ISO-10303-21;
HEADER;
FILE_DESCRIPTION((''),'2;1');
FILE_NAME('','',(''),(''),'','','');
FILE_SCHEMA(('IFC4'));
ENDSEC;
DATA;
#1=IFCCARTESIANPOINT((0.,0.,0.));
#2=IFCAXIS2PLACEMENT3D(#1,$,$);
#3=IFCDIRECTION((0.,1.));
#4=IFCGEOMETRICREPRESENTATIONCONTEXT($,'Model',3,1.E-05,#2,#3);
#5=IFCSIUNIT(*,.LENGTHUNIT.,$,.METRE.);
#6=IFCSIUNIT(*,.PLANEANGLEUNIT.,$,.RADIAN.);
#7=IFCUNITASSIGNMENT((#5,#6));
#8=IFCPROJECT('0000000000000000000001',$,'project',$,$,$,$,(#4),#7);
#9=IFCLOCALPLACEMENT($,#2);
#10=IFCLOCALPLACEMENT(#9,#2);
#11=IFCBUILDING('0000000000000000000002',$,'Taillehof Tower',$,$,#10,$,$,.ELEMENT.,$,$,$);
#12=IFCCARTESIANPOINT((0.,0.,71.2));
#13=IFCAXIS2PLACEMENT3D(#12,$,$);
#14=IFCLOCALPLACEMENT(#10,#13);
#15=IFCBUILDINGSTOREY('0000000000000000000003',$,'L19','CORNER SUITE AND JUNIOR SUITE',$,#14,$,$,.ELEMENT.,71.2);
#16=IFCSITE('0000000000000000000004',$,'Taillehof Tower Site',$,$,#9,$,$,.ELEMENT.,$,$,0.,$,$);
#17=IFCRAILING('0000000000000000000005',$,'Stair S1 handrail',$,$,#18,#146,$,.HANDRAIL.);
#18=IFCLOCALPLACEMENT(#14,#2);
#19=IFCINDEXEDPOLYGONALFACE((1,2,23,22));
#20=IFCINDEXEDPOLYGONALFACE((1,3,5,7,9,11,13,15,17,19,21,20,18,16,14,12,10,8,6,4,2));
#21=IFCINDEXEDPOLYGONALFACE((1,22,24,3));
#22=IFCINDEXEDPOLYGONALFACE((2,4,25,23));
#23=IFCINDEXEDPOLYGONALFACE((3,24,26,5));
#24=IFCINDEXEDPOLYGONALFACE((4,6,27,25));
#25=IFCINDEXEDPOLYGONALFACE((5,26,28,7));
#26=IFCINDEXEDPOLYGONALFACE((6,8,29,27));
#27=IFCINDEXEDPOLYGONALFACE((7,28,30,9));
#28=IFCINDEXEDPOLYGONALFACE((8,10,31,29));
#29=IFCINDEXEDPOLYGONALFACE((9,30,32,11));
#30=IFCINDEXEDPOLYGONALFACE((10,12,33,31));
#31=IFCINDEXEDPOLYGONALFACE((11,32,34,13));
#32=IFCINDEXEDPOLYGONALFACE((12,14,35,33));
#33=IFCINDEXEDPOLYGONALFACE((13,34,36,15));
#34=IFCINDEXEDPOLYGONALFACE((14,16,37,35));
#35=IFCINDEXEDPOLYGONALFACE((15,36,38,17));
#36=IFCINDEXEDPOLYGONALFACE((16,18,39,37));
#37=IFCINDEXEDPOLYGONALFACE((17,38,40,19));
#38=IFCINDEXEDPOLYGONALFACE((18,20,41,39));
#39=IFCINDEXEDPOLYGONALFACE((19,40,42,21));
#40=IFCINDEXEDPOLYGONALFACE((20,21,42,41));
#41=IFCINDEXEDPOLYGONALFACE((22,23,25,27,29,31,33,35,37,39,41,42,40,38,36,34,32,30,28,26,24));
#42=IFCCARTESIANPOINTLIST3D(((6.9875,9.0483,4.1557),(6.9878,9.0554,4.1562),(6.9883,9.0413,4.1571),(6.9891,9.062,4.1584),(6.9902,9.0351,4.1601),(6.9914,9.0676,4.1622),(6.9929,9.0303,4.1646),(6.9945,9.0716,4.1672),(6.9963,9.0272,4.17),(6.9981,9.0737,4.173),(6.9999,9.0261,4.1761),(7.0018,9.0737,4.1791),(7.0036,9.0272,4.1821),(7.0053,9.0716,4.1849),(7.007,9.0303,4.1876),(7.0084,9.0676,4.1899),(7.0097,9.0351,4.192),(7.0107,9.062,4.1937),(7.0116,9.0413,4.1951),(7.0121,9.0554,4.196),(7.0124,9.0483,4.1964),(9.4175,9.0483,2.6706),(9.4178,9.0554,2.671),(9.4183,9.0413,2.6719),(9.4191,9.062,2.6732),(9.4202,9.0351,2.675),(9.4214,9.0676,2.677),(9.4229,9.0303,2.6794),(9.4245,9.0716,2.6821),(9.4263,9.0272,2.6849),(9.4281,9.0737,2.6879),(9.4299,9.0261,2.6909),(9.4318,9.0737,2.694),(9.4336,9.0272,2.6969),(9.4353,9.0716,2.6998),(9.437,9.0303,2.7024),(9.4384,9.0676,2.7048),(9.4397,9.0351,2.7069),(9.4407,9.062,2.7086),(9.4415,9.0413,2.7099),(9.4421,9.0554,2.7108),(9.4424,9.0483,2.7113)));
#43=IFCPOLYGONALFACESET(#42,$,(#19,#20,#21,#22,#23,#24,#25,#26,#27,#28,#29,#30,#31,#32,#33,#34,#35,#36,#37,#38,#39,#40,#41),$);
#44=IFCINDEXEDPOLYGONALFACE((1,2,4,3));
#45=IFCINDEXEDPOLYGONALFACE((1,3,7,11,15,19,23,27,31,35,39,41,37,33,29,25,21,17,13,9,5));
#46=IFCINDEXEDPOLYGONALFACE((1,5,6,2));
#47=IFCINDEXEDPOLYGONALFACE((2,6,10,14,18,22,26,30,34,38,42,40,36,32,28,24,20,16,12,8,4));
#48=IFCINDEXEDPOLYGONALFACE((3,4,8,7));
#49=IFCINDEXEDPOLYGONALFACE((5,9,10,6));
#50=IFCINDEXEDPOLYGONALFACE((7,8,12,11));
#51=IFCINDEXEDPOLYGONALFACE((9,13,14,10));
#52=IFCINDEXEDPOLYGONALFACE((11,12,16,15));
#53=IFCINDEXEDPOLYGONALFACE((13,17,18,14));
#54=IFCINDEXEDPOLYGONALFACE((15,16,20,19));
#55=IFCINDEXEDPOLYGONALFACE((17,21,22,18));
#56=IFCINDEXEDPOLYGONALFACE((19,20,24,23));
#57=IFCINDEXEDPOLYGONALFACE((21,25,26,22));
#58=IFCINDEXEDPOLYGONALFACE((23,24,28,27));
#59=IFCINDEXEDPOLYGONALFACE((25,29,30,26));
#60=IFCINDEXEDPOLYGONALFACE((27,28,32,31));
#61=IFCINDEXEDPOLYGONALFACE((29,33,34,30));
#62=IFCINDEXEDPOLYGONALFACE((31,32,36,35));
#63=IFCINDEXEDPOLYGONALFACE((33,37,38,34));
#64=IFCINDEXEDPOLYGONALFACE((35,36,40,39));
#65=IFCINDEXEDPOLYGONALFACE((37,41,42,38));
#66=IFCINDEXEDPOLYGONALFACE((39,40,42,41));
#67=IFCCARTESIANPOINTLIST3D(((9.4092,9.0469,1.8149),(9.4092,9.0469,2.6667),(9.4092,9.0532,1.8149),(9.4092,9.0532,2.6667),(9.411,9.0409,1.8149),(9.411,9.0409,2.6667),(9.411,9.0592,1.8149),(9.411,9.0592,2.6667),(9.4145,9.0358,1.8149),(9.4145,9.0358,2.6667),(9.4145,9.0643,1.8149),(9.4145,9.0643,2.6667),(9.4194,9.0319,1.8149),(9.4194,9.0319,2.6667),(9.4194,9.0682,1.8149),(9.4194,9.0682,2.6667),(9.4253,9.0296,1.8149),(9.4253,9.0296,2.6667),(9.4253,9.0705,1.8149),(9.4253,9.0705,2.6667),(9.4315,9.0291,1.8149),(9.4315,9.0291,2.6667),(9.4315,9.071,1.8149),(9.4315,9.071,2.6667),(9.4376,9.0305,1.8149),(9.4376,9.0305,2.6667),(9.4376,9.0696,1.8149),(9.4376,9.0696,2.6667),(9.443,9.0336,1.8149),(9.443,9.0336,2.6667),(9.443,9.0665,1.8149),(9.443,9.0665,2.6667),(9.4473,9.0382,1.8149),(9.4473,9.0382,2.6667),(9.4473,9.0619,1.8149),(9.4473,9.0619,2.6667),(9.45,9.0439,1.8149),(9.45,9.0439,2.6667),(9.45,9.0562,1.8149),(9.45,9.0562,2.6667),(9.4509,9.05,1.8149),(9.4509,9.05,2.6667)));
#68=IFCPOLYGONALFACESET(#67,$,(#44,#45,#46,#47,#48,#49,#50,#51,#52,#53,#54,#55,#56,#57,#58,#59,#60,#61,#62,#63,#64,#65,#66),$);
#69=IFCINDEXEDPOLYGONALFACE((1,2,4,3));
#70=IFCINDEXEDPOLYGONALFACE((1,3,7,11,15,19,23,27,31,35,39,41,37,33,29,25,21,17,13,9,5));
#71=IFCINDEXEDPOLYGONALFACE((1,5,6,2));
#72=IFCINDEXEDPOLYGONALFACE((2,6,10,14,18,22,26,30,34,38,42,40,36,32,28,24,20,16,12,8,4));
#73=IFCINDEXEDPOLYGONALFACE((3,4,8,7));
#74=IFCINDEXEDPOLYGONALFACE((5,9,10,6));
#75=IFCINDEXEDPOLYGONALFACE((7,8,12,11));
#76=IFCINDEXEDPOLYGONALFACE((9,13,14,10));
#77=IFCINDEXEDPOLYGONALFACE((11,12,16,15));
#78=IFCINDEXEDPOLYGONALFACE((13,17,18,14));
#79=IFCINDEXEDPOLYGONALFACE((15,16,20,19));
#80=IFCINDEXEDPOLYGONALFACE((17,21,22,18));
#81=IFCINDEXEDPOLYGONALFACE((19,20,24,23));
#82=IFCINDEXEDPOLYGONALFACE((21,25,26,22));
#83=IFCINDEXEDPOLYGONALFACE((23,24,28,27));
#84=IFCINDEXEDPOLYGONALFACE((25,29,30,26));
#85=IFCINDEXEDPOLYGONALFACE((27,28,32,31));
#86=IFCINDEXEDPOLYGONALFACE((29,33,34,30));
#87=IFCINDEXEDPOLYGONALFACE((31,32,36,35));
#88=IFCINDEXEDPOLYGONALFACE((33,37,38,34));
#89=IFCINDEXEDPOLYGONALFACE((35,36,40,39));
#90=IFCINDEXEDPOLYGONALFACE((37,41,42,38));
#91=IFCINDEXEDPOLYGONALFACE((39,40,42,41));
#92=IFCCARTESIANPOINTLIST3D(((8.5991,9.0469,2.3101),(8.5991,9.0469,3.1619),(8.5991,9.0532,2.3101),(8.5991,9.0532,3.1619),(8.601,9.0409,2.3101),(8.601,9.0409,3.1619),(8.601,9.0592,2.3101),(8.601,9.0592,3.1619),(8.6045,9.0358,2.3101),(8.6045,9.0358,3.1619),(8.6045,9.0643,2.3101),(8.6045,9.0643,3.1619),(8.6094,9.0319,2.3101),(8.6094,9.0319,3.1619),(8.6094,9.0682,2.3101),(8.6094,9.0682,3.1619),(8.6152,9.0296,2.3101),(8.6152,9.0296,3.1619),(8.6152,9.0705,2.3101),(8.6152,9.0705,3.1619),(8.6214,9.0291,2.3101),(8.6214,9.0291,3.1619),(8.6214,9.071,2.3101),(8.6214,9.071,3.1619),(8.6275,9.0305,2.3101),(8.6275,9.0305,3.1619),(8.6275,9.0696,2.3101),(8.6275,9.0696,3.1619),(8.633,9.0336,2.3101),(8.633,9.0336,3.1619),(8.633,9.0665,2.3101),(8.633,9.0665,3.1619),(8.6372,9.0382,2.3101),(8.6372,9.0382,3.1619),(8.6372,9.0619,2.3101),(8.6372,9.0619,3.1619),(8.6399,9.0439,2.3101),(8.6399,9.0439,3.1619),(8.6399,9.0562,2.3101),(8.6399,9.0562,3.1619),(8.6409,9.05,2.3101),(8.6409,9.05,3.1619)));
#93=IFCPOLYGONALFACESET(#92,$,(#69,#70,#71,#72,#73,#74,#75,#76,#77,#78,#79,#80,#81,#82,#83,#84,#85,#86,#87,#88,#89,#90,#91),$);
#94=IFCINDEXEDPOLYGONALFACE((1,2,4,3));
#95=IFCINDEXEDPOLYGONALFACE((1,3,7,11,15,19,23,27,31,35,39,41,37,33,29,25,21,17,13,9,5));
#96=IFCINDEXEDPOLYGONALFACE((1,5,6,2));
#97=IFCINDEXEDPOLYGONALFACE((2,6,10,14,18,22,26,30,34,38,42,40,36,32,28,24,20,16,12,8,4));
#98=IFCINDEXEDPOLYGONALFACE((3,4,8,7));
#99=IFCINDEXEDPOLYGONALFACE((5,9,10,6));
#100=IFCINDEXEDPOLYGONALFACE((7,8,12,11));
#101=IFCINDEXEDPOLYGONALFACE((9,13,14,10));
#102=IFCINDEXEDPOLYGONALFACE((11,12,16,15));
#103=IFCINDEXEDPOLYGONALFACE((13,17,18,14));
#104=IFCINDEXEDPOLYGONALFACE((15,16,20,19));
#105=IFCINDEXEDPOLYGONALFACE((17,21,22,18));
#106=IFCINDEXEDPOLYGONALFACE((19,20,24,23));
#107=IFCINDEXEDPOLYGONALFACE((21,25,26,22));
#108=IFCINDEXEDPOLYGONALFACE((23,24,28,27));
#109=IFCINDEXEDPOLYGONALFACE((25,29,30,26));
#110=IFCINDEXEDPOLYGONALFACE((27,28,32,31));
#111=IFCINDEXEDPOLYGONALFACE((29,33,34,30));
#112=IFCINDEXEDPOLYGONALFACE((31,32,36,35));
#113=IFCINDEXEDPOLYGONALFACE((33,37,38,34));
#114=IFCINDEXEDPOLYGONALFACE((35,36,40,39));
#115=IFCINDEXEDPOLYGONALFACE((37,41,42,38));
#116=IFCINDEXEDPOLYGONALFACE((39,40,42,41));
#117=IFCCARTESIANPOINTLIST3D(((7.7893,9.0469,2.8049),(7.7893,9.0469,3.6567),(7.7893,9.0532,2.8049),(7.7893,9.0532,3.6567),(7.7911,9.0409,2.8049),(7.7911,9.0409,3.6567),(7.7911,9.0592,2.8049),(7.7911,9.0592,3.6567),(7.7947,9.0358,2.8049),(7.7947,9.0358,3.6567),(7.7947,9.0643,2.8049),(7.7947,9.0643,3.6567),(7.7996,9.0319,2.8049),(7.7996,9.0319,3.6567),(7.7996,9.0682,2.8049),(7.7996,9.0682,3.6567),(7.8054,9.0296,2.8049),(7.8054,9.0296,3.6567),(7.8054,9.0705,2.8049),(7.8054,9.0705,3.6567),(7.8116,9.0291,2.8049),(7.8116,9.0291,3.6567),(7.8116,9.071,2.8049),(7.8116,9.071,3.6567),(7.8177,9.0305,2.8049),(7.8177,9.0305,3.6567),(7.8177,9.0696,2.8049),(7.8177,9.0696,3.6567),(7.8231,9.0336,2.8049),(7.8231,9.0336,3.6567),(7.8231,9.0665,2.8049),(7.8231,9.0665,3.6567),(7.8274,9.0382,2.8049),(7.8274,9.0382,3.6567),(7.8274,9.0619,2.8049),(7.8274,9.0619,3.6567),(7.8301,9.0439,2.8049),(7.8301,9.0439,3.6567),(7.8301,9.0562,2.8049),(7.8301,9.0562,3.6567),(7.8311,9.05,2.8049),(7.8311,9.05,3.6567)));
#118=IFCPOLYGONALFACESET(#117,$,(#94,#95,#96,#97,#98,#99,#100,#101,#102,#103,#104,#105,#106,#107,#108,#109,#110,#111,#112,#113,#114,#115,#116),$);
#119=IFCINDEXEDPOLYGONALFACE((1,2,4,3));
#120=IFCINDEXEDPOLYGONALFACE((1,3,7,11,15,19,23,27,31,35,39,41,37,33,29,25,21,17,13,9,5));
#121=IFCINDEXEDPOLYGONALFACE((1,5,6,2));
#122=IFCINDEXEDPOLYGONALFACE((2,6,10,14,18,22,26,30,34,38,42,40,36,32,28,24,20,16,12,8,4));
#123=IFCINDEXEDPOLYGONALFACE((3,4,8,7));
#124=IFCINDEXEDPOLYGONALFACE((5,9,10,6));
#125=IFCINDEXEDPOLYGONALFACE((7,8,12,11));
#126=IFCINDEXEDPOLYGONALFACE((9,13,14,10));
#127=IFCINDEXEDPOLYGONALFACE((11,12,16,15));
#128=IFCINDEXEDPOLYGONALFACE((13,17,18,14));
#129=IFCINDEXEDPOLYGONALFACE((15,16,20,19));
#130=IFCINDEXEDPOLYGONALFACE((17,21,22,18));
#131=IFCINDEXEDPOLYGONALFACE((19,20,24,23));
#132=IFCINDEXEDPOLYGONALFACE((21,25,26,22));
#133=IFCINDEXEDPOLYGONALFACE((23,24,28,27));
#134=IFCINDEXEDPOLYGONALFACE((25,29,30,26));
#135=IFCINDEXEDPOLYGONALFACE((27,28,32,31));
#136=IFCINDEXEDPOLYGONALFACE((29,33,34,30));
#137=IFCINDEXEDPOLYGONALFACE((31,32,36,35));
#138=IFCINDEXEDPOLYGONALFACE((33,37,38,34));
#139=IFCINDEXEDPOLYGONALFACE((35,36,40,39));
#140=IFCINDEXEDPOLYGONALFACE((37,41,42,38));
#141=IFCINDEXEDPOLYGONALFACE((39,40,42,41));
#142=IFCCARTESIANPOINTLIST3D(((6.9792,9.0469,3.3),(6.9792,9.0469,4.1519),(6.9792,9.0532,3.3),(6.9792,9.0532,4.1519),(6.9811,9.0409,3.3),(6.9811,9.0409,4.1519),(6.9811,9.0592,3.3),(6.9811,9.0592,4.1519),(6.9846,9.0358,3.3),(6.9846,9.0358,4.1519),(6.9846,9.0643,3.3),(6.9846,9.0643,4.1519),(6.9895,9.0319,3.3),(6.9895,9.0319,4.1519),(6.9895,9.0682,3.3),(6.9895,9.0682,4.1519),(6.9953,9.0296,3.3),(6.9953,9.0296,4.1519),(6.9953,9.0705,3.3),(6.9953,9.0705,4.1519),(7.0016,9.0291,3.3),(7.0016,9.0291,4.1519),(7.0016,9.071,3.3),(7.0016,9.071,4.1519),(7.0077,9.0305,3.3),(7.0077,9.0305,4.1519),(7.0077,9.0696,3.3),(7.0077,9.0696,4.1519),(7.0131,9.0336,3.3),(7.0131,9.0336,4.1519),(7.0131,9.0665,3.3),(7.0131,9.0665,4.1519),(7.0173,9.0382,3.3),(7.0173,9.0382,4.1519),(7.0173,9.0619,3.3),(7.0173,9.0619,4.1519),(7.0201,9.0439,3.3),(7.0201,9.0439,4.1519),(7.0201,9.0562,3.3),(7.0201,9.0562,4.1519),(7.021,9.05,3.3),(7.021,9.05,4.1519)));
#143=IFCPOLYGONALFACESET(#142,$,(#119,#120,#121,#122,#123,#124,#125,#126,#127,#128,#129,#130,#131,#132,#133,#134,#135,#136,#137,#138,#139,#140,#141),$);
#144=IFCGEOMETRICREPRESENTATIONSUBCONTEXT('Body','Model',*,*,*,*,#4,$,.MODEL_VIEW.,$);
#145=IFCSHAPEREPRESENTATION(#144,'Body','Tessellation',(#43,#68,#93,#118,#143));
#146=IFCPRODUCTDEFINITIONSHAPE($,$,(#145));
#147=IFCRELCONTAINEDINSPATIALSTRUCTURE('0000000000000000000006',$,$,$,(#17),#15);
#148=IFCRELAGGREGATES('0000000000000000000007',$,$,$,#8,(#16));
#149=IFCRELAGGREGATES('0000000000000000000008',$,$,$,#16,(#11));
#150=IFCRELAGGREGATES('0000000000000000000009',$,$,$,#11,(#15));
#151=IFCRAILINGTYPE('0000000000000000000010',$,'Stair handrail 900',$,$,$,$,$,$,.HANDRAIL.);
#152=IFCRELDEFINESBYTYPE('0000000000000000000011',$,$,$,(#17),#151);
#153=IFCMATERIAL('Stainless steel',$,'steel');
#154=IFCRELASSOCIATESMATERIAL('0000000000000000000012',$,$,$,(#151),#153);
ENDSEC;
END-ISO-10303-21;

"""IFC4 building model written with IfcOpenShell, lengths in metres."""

from ifc_helpers import new_model, si_unit, direction, frame, origin, origin_2d, place, context, subcontext, project, spatial, circle, extrude, material, type_object, element, save


model = new_model("IFC4")

# Units and contexts
model_context = context("Model", 3, precision=1e-05, world=origin(), true_north=direction((0.0, 1.0)))
body_context = subcontext(model_context, "Body", "Model", "MODEL_VIEW")
ifc_project = project(units=[si_unit("LENGTHUNIT", "METRE"), si_unit("PLANEANGLEUNIT", "RADIAN")], contexts=[model_context])

# Site, building, storey
site_placement = place(None, origin())
site = spatial("IfcSite", under=ifc_project, at=site_placement, Name="Taillehof Tower Site", CompositionType="ELEMENT", RefElevation=0.0)
building_placement = place(site_placement, origin())
building = spatial("IfcBuilding", under=site, at=building_placement, Name="Taillehof Tower", CompositionType="ELEMENT")
storey_placement = place(building_placement, frame((0.0, 0.0, 71.2)))
storey = spatial("IfcBuildingStorey", under=building, at=storey_placement, Name="L19", Description="CORNER SUITE AND JUNIOR SUITE", CompositionType="ELEMENT", Elevation=71.2)

# Railing
ifc_material_1 = material(Name="Stainless steel", Category="steel")
railing_type = type_object("IfcRailingType", Name="Stair handrail 900", PredefinedType="HANDRAIL", material=ifc_material_1)
railing_placement = place(storey_placement, frame((9.4299, 9.05, 1.8149)))
element("IfcRailing", 1, at=railing_placement, inside=storey, type_object=railing_type, Name="Stair S1 handrail", PredefinedType="HANDRAIL", context=body_context, shape_type="SweptSolid", body=[
    extrude(circle(Radius=0.0239, at=origin_2d()), frame((0.0, 0.0, 0.876), z_axis=(-0.853259, 0.0, 0.521488), x_axis=(0.0, -1.0, 0.0)), (0.0, 0.0, 1.0), 2.8479),
    extrude(circle(Radius=0.021, at=origin_2d()), origin(), (0.0, 0.0, 1.0), 0.8518),
    extrude(circle(Radius=0.021, at=origin_2d()), frame((-0.8101, 0.0, 0.4951)), (0.0, 0.0, 1.0), 0.8518),
    extrude(circle(Radius=0.021, at=origin_2d()), frame((-1.6199, 0.0, 0.99)), (0.0, 0.0, 1.0), 0.8518),
    extrude(circle(Radius=0.021, at=origin_2d()), frame((-2.4299, 0.0, 1.4851)), (0.0, 0.0, 1.0), 0.8518),
])

save(model, "model.ifc")
